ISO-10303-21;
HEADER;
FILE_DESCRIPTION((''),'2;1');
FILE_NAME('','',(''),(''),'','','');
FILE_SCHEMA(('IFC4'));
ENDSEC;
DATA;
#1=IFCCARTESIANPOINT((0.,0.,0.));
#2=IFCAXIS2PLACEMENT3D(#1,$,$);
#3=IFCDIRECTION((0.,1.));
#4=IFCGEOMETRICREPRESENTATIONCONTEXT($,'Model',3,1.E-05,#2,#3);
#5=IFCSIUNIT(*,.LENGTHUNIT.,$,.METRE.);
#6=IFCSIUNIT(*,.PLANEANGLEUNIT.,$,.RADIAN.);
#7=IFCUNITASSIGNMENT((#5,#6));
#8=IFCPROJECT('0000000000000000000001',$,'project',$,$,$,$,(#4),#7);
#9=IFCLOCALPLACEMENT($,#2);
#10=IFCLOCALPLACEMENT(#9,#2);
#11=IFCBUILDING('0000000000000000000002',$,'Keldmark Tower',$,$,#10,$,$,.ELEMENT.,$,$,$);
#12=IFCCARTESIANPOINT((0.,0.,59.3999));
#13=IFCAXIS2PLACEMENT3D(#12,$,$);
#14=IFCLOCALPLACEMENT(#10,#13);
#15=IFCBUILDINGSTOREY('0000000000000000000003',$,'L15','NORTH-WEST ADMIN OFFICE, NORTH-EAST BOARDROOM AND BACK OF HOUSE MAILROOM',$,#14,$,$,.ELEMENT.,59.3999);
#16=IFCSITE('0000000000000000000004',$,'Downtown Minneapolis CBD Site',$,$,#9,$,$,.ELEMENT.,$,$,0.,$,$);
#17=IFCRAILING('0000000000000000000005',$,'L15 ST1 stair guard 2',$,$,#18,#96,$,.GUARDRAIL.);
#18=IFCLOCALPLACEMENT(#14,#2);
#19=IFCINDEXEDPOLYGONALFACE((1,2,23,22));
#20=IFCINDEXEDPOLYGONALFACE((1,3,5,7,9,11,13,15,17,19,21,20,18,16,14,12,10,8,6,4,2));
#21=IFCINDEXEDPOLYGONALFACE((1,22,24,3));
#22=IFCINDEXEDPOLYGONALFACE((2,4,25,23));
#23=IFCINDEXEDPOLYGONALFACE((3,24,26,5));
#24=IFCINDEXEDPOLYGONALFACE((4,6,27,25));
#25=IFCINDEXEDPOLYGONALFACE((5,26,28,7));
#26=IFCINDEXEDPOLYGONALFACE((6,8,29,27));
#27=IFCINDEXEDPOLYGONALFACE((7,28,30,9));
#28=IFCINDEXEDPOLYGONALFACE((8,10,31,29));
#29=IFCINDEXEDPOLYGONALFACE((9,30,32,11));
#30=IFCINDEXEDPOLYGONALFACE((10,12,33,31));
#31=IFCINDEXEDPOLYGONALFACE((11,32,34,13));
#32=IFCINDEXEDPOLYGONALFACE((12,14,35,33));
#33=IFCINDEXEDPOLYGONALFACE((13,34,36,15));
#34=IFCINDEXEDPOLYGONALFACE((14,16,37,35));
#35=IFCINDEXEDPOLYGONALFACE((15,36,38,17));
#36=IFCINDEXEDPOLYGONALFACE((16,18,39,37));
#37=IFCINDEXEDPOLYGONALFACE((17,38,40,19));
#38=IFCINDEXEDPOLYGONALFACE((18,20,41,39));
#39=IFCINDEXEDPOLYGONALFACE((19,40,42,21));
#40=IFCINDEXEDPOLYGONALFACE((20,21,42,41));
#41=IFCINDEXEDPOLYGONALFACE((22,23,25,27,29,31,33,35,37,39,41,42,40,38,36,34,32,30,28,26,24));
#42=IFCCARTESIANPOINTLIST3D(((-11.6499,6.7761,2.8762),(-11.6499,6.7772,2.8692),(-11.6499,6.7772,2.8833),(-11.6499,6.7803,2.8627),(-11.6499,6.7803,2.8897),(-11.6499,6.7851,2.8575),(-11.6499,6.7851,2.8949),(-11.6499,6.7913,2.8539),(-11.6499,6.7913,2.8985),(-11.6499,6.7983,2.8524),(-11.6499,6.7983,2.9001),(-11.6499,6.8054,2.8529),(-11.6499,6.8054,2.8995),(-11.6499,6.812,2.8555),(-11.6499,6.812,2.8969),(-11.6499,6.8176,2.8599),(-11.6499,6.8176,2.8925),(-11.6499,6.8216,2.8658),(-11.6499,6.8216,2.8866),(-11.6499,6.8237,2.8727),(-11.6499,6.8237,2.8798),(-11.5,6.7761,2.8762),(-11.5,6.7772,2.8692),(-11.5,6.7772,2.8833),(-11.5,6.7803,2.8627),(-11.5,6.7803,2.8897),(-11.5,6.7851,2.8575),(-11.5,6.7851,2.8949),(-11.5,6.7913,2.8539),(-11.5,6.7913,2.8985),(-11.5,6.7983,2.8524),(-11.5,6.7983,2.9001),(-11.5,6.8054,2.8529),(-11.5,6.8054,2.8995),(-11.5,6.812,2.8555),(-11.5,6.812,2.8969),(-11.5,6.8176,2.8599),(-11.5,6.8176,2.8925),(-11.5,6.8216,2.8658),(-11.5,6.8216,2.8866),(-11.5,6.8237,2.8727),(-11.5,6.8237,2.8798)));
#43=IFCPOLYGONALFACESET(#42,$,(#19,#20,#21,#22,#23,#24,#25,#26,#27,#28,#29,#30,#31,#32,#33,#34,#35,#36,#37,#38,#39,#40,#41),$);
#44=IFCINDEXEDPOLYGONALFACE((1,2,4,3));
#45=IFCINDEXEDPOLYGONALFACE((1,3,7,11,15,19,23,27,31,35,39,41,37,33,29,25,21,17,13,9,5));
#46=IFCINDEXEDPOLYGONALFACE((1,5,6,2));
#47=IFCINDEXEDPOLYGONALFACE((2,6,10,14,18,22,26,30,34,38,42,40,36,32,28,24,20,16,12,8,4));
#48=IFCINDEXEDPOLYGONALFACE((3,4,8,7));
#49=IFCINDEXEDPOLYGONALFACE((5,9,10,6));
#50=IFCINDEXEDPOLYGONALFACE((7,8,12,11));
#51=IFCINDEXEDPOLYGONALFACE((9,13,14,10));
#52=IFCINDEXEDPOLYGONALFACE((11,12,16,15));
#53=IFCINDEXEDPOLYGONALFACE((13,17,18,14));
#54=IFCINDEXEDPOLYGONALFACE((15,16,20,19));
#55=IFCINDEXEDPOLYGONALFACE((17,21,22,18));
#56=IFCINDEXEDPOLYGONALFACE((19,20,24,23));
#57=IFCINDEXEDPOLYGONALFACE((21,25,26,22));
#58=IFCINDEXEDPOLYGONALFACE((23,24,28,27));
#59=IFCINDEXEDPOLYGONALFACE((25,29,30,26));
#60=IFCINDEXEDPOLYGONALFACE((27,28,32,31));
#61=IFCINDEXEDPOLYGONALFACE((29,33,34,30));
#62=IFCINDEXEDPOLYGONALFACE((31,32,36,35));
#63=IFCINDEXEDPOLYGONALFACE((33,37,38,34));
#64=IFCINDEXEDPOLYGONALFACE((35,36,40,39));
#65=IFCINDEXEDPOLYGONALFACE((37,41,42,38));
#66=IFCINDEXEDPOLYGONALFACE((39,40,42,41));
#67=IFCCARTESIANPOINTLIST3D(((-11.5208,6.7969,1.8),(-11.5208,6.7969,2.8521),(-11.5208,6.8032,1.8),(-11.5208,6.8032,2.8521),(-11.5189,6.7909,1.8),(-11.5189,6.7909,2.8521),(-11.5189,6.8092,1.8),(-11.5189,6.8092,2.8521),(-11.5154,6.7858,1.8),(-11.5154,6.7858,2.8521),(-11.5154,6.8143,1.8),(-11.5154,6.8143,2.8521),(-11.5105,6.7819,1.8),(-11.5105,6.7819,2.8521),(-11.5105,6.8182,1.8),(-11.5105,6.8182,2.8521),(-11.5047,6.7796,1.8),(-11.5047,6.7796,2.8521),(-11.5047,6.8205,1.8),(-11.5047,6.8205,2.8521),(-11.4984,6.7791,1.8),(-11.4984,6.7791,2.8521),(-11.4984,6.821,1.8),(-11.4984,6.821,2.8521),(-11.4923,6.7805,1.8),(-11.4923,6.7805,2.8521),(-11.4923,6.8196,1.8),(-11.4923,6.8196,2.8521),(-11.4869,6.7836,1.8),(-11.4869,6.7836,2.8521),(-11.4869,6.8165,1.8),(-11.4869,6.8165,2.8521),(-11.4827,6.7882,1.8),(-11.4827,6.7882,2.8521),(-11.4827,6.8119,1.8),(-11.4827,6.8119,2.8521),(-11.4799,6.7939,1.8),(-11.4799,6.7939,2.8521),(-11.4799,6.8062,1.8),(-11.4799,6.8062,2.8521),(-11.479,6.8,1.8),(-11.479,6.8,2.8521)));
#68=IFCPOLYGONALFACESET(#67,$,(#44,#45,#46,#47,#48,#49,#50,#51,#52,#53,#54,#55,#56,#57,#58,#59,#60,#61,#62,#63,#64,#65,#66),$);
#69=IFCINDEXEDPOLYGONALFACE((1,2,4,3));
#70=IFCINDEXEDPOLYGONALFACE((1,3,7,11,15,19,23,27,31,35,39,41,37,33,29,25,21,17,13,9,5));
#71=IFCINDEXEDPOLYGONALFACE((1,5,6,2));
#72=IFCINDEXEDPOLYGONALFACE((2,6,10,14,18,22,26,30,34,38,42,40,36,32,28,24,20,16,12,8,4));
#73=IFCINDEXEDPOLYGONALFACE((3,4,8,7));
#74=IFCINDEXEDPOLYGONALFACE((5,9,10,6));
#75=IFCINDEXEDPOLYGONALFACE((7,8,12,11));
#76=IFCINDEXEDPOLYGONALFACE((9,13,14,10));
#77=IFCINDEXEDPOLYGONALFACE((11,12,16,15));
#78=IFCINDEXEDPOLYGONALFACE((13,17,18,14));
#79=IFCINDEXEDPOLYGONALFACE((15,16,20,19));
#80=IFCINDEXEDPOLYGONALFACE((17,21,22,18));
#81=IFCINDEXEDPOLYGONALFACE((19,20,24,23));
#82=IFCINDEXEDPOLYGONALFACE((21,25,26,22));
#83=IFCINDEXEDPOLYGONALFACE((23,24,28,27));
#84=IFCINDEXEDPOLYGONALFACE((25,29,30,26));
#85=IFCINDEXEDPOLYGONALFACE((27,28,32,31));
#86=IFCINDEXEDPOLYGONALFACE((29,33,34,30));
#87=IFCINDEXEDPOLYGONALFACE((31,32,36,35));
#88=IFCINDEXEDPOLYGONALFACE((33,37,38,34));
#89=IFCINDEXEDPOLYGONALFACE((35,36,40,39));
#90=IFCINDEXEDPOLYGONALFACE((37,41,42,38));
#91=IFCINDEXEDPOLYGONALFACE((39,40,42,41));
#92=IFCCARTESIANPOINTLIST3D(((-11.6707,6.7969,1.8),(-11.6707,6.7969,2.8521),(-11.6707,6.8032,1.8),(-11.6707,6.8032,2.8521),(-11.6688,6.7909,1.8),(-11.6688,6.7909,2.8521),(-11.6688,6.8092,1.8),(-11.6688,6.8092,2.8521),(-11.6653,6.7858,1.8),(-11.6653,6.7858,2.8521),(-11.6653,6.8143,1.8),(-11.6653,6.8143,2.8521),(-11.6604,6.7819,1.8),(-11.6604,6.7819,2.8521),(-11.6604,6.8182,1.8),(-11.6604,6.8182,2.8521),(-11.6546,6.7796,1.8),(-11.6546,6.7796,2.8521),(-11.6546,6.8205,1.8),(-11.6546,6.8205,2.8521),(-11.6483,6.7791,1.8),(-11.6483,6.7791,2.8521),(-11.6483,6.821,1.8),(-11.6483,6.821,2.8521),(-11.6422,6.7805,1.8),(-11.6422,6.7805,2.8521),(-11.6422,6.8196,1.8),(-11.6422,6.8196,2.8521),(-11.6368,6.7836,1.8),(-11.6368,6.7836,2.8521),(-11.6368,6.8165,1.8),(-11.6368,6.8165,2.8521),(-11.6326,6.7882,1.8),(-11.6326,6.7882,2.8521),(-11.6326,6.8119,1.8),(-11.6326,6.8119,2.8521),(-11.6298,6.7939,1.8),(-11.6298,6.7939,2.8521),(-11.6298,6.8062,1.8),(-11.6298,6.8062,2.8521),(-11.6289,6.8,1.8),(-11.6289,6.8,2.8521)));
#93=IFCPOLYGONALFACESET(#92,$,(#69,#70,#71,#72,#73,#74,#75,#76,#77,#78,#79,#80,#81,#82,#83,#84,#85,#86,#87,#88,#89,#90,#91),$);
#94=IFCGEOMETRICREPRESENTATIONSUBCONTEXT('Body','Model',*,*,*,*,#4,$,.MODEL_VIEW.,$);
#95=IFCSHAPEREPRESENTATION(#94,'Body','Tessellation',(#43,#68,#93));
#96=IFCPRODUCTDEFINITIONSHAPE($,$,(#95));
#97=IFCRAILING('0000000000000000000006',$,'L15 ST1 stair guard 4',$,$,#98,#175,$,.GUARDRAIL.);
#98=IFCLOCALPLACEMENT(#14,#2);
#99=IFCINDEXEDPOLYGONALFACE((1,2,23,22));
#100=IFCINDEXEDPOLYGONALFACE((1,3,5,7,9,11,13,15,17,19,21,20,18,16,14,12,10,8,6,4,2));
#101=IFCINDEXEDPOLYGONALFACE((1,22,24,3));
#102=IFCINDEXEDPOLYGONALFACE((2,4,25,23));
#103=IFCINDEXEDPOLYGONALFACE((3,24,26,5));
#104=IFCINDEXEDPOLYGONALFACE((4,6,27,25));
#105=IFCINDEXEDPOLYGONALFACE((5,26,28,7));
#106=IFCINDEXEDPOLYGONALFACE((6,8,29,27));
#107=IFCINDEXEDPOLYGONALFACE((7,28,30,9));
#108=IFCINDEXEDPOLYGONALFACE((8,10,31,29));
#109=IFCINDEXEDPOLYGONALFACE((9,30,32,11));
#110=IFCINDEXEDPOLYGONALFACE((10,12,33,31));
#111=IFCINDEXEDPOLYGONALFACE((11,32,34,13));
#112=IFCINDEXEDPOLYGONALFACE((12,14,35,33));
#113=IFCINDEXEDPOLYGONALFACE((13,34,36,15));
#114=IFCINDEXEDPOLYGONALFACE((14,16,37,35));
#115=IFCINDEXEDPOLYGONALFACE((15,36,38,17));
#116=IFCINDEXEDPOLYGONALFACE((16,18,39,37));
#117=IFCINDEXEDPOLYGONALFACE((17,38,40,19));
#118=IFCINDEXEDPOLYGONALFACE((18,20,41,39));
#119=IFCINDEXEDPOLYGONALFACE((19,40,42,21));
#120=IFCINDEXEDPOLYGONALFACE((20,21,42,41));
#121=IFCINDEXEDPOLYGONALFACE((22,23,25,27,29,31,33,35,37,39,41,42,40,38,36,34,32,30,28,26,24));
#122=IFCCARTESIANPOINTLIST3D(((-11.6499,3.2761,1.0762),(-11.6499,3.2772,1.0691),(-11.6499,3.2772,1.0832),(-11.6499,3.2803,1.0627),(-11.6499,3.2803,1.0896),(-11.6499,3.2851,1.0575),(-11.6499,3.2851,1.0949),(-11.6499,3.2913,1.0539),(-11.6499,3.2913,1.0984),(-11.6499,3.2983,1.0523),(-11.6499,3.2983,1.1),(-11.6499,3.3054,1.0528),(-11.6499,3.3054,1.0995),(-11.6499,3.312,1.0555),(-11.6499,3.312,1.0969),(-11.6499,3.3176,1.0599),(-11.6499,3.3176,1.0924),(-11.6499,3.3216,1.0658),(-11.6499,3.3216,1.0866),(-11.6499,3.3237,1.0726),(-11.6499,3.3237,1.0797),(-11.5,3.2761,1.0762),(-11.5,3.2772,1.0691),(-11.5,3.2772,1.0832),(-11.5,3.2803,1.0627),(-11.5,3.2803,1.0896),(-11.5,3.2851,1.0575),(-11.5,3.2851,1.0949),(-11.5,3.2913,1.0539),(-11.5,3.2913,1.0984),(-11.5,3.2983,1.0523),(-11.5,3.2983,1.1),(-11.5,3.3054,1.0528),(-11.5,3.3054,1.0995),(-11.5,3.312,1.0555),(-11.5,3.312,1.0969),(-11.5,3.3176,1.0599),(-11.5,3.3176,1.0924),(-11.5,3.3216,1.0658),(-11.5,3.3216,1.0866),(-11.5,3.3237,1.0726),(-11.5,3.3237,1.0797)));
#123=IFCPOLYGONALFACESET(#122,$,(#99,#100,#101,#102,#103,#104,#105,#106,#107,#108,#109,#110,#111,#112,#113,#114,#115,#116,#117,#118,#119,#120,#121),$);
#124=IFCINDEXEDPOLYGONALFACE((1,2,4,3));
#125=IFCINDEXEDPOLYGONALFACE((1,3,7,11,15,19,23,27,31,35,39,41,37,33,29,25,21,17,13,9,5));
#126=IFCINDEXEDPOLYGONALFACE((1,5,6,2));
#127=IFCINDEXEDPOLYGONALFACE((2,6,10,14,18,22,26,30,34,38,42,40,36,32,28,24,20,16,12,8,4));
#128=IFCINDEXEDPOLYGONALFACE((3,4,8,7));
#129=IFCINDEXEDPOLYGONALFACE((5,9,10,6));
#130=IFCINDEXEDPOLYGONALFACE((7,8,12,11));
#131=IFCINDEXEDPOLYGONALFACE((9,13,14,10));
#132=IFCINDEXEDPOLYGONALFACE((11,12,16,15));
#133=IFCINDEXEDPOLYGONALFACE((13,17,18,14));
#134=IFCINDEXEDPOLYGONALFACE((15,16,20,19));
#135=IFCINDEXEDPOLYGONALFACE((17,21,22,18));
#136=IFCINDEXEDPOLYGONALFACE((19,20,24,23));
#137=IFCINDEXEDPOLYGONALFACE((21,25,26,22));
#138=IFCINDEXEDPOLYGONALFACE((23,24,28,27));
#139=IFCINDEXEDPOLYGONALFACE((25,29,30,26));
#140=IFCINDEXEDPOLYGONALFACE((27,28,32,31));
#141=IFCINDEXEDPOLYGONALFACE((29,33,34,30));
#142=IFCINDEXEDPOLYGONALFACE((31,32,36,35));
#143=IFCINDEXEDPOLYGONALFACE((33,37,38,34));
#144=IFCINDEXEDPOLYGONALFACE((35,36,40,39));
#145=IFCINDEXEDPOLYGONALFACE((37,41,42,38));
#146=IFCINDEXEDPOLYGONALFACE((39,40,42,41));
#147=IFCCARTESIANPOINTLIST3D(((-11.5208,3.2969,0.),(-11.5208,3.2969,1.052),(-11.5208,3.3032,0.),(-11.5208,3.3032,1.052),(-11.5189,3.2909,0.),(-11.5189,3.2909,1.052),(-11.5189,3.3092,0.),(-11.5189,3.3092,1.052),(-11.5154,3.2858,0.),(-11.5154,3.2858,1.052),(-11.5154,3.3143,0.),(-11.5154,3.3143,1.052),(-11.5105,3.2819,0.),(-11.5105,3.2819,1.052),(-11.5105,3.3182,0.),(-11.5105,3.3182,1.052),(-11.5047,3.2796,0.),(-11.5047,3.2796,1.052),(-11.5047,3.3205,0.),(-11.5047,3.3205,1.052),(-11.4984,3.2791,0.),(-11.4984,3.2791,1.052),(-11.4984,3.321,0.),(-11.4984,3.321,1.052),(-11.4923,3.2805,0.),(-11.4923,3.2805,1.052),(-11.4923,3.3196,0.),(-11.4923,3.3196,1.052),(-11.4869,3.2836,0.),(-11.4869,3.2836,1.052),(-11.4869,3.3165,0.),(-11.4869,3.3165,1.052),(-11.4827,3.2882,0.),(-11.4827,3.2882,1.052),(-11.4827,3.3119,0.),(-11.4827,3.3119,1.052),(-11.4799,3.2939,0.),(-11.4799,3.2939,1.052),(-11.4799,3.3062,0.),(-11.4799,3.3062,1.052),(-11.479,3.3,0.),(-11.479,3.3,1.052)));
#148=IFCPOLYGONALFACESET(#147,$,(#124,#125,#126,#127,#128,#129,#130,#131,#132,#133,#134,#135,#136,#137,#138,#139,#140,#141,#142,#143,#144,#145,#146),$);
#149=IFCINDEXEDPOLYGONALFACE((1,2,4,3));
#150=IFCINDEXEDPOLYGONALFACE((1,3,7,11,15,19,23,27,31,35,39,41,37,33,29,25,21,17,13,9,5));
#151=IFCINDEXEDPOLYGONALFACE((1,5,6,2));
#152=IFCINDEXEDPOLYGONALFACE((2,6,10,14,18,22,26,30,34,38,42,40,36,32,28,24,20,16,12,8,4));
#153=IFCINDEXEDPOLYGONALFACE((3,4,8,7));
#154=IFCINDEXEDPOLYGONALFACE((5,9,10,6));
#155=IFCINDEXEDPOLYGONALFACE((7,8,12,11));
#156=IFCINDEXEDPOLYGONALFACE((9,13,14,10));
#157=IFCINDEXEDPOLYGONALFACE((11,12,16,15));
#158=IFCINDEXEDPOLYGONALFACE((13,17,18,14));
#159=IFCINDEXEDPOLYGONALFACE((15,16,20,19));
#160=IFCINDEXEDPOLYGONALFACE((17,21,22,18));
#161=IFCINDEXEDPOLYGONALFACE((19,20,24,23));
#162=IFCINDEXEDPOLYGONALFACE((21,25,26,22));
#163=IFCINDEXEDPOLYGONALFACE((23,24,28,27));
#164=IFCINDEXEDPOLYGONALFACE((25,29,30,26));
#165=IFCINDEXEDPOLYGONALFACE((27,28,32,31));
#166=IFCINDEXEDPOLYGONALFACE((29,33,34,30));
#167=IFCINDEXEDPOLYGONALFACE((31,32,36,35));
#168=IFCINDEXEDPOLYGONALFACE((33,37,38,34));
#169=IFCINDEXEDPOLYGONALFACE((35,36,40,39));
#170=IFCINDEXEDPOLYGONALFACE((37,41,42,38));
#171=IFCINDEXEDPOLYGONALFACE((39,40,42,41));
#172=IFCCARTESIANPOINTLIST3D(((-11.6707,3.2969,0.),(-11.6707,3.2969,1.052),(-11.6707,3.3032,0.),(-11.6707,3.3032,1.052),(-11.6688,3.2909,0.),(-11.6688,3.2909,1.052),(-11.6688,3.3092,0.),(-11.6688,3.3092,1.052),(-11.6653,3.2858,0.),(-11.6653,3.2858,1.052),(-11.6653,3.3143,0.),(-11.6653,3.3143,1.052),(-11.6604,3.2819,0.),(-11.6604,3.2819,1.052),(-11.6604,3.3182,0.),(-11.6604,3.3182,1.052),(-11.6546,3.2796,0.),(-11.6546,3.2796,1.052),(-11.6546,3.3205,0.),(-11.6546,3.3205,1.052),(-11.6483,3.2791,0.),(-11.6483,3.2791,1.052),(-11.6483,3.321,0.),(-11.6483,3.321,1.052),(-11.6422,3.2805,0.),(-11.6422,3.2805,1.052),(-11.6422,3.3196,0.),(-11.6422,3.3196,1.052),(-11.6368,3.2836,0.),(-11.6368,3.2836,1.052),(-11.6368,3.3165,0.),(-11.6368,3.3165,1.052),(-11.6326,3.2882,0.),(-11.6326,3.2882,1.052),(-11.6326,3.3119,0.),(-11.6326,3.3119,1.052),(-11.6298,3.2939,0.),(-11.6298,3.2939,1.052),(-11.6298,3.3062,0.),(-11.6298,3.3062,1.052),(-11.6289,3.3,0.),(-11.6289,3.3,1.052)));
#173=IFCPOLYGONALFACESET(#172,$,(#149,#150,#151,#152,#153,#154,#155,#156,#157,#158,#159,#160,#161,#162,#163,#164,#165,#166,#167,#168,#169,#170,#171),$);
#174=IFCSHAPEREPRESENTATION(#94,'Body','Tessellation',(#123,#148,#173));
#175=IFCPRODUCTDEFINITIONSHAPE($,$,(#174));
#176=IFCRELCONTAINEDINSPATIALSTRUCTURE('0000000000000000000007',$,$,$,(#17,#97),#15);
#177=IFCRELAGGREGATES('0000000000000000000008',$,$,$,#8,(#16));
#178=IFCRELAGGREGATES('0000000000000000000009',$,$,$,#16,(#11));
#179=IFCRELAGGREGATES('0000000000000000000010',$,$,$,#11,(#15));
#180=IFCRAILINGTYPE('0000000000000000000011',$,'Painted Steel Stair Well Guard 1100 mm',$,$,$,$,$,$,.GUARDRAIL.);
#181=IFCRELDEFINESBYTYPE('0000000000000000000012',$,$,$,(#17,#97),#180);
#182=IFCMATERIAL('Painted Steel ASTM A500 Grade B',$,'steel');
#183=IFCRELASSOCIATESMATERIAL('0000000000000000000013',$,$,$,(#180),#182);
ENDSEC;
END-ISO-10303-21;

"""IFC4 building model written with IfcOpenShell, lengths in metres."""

from ifc_helpers import new_model, si_unit, direction, frame, origin, origin_2d, place, context, subcontext, project, spatial, circle, extrude, material, type_object, element, save


model = new_model("IFC4")

# Units and contexts
model_context = context("Model", 3, precision=1e-05, world=origin(), true_north=direction((0.0, 1.0)))
body_context = subcontext(model_context, "Body", "Model", "MODEL_VIEW")
ifc_project = project(units=[si_unit("LENGTHUNIT", "METRE"), si_unit("PLANEANGLEUNIT", "RADIAN")], contexts=[model_context])

# Site, building, storey
site_placement = place(None, origin())
site = spatial("IfcSite", under=ifc_project, at=site_placement, Name="Downtown Minneapolis CBD Site", CompositionType="ELEMENT", RefElevation=0.0)
building_placement = place(site_placement, origin())
building = spatial("IfcBuilding", under=site, at=building_placement, Name="Keldmark Tower", CompositionType="ELEMENT")
storey_placement = place(building_placement, frame((0.0, 0.0, 59.3999)))
storey = spatial("IfcBuildingStorey", under=building, at=storey_placement, Name="L15", Description="NORTH-WEST ADMIN OFFICE, NORTH-EAST BOARDROOM AND BACK OF HOUSE MAILROOM", CompositionType="ELEMENT", Elevation=59.3999)

# Railings
ifc_material_1 = material(Name="Painted Steel ASTM A500 Grade B", Category="steel")
railing_type_1 = type_object("IfcRailingType", Name="Painted Steel Stair Well Guard 1100 mm", PredefinedType="GUARDRAIL", material=ifc_material_1)
for number, where, name in (
    (1, (-11.5, 6.8, 1.8), "L15 ST1 stair guard 2"),
    (2, (-11.5, 3.3, 0.0), "L15 ST1 stair guard 4"),
):
    element("IfcRailing", number, at=place(storey_placement, frame(where)), inside=storey, type_object=railing_type_1, Name=name, PredefinedType="GUARDRAIL", context=body_context, shape_type="SweptSolid", body=[
        extrude(circle(Radius=0.0239, at=origin_2d()), frame((0.0, 0.0, 1.0762), z_axis=(-1.0, 0.0, 0.0), x_axis=(0.0, -1.0, 0.0)), (0.0, 0.0, 1.0), 0.1499),
        extrude(circle(Radius=0.021, at=origin_2d()), origin(), (0.0, 0.0, 1.0), 1.052),
        extrude(circle(Radius=0.021, at=origin_2d()), frame((-0.1499, 0.0, 0.0)), (0.0, 0.0, 1.0), 1.052),
    ])

save(model, "model.ifc")
